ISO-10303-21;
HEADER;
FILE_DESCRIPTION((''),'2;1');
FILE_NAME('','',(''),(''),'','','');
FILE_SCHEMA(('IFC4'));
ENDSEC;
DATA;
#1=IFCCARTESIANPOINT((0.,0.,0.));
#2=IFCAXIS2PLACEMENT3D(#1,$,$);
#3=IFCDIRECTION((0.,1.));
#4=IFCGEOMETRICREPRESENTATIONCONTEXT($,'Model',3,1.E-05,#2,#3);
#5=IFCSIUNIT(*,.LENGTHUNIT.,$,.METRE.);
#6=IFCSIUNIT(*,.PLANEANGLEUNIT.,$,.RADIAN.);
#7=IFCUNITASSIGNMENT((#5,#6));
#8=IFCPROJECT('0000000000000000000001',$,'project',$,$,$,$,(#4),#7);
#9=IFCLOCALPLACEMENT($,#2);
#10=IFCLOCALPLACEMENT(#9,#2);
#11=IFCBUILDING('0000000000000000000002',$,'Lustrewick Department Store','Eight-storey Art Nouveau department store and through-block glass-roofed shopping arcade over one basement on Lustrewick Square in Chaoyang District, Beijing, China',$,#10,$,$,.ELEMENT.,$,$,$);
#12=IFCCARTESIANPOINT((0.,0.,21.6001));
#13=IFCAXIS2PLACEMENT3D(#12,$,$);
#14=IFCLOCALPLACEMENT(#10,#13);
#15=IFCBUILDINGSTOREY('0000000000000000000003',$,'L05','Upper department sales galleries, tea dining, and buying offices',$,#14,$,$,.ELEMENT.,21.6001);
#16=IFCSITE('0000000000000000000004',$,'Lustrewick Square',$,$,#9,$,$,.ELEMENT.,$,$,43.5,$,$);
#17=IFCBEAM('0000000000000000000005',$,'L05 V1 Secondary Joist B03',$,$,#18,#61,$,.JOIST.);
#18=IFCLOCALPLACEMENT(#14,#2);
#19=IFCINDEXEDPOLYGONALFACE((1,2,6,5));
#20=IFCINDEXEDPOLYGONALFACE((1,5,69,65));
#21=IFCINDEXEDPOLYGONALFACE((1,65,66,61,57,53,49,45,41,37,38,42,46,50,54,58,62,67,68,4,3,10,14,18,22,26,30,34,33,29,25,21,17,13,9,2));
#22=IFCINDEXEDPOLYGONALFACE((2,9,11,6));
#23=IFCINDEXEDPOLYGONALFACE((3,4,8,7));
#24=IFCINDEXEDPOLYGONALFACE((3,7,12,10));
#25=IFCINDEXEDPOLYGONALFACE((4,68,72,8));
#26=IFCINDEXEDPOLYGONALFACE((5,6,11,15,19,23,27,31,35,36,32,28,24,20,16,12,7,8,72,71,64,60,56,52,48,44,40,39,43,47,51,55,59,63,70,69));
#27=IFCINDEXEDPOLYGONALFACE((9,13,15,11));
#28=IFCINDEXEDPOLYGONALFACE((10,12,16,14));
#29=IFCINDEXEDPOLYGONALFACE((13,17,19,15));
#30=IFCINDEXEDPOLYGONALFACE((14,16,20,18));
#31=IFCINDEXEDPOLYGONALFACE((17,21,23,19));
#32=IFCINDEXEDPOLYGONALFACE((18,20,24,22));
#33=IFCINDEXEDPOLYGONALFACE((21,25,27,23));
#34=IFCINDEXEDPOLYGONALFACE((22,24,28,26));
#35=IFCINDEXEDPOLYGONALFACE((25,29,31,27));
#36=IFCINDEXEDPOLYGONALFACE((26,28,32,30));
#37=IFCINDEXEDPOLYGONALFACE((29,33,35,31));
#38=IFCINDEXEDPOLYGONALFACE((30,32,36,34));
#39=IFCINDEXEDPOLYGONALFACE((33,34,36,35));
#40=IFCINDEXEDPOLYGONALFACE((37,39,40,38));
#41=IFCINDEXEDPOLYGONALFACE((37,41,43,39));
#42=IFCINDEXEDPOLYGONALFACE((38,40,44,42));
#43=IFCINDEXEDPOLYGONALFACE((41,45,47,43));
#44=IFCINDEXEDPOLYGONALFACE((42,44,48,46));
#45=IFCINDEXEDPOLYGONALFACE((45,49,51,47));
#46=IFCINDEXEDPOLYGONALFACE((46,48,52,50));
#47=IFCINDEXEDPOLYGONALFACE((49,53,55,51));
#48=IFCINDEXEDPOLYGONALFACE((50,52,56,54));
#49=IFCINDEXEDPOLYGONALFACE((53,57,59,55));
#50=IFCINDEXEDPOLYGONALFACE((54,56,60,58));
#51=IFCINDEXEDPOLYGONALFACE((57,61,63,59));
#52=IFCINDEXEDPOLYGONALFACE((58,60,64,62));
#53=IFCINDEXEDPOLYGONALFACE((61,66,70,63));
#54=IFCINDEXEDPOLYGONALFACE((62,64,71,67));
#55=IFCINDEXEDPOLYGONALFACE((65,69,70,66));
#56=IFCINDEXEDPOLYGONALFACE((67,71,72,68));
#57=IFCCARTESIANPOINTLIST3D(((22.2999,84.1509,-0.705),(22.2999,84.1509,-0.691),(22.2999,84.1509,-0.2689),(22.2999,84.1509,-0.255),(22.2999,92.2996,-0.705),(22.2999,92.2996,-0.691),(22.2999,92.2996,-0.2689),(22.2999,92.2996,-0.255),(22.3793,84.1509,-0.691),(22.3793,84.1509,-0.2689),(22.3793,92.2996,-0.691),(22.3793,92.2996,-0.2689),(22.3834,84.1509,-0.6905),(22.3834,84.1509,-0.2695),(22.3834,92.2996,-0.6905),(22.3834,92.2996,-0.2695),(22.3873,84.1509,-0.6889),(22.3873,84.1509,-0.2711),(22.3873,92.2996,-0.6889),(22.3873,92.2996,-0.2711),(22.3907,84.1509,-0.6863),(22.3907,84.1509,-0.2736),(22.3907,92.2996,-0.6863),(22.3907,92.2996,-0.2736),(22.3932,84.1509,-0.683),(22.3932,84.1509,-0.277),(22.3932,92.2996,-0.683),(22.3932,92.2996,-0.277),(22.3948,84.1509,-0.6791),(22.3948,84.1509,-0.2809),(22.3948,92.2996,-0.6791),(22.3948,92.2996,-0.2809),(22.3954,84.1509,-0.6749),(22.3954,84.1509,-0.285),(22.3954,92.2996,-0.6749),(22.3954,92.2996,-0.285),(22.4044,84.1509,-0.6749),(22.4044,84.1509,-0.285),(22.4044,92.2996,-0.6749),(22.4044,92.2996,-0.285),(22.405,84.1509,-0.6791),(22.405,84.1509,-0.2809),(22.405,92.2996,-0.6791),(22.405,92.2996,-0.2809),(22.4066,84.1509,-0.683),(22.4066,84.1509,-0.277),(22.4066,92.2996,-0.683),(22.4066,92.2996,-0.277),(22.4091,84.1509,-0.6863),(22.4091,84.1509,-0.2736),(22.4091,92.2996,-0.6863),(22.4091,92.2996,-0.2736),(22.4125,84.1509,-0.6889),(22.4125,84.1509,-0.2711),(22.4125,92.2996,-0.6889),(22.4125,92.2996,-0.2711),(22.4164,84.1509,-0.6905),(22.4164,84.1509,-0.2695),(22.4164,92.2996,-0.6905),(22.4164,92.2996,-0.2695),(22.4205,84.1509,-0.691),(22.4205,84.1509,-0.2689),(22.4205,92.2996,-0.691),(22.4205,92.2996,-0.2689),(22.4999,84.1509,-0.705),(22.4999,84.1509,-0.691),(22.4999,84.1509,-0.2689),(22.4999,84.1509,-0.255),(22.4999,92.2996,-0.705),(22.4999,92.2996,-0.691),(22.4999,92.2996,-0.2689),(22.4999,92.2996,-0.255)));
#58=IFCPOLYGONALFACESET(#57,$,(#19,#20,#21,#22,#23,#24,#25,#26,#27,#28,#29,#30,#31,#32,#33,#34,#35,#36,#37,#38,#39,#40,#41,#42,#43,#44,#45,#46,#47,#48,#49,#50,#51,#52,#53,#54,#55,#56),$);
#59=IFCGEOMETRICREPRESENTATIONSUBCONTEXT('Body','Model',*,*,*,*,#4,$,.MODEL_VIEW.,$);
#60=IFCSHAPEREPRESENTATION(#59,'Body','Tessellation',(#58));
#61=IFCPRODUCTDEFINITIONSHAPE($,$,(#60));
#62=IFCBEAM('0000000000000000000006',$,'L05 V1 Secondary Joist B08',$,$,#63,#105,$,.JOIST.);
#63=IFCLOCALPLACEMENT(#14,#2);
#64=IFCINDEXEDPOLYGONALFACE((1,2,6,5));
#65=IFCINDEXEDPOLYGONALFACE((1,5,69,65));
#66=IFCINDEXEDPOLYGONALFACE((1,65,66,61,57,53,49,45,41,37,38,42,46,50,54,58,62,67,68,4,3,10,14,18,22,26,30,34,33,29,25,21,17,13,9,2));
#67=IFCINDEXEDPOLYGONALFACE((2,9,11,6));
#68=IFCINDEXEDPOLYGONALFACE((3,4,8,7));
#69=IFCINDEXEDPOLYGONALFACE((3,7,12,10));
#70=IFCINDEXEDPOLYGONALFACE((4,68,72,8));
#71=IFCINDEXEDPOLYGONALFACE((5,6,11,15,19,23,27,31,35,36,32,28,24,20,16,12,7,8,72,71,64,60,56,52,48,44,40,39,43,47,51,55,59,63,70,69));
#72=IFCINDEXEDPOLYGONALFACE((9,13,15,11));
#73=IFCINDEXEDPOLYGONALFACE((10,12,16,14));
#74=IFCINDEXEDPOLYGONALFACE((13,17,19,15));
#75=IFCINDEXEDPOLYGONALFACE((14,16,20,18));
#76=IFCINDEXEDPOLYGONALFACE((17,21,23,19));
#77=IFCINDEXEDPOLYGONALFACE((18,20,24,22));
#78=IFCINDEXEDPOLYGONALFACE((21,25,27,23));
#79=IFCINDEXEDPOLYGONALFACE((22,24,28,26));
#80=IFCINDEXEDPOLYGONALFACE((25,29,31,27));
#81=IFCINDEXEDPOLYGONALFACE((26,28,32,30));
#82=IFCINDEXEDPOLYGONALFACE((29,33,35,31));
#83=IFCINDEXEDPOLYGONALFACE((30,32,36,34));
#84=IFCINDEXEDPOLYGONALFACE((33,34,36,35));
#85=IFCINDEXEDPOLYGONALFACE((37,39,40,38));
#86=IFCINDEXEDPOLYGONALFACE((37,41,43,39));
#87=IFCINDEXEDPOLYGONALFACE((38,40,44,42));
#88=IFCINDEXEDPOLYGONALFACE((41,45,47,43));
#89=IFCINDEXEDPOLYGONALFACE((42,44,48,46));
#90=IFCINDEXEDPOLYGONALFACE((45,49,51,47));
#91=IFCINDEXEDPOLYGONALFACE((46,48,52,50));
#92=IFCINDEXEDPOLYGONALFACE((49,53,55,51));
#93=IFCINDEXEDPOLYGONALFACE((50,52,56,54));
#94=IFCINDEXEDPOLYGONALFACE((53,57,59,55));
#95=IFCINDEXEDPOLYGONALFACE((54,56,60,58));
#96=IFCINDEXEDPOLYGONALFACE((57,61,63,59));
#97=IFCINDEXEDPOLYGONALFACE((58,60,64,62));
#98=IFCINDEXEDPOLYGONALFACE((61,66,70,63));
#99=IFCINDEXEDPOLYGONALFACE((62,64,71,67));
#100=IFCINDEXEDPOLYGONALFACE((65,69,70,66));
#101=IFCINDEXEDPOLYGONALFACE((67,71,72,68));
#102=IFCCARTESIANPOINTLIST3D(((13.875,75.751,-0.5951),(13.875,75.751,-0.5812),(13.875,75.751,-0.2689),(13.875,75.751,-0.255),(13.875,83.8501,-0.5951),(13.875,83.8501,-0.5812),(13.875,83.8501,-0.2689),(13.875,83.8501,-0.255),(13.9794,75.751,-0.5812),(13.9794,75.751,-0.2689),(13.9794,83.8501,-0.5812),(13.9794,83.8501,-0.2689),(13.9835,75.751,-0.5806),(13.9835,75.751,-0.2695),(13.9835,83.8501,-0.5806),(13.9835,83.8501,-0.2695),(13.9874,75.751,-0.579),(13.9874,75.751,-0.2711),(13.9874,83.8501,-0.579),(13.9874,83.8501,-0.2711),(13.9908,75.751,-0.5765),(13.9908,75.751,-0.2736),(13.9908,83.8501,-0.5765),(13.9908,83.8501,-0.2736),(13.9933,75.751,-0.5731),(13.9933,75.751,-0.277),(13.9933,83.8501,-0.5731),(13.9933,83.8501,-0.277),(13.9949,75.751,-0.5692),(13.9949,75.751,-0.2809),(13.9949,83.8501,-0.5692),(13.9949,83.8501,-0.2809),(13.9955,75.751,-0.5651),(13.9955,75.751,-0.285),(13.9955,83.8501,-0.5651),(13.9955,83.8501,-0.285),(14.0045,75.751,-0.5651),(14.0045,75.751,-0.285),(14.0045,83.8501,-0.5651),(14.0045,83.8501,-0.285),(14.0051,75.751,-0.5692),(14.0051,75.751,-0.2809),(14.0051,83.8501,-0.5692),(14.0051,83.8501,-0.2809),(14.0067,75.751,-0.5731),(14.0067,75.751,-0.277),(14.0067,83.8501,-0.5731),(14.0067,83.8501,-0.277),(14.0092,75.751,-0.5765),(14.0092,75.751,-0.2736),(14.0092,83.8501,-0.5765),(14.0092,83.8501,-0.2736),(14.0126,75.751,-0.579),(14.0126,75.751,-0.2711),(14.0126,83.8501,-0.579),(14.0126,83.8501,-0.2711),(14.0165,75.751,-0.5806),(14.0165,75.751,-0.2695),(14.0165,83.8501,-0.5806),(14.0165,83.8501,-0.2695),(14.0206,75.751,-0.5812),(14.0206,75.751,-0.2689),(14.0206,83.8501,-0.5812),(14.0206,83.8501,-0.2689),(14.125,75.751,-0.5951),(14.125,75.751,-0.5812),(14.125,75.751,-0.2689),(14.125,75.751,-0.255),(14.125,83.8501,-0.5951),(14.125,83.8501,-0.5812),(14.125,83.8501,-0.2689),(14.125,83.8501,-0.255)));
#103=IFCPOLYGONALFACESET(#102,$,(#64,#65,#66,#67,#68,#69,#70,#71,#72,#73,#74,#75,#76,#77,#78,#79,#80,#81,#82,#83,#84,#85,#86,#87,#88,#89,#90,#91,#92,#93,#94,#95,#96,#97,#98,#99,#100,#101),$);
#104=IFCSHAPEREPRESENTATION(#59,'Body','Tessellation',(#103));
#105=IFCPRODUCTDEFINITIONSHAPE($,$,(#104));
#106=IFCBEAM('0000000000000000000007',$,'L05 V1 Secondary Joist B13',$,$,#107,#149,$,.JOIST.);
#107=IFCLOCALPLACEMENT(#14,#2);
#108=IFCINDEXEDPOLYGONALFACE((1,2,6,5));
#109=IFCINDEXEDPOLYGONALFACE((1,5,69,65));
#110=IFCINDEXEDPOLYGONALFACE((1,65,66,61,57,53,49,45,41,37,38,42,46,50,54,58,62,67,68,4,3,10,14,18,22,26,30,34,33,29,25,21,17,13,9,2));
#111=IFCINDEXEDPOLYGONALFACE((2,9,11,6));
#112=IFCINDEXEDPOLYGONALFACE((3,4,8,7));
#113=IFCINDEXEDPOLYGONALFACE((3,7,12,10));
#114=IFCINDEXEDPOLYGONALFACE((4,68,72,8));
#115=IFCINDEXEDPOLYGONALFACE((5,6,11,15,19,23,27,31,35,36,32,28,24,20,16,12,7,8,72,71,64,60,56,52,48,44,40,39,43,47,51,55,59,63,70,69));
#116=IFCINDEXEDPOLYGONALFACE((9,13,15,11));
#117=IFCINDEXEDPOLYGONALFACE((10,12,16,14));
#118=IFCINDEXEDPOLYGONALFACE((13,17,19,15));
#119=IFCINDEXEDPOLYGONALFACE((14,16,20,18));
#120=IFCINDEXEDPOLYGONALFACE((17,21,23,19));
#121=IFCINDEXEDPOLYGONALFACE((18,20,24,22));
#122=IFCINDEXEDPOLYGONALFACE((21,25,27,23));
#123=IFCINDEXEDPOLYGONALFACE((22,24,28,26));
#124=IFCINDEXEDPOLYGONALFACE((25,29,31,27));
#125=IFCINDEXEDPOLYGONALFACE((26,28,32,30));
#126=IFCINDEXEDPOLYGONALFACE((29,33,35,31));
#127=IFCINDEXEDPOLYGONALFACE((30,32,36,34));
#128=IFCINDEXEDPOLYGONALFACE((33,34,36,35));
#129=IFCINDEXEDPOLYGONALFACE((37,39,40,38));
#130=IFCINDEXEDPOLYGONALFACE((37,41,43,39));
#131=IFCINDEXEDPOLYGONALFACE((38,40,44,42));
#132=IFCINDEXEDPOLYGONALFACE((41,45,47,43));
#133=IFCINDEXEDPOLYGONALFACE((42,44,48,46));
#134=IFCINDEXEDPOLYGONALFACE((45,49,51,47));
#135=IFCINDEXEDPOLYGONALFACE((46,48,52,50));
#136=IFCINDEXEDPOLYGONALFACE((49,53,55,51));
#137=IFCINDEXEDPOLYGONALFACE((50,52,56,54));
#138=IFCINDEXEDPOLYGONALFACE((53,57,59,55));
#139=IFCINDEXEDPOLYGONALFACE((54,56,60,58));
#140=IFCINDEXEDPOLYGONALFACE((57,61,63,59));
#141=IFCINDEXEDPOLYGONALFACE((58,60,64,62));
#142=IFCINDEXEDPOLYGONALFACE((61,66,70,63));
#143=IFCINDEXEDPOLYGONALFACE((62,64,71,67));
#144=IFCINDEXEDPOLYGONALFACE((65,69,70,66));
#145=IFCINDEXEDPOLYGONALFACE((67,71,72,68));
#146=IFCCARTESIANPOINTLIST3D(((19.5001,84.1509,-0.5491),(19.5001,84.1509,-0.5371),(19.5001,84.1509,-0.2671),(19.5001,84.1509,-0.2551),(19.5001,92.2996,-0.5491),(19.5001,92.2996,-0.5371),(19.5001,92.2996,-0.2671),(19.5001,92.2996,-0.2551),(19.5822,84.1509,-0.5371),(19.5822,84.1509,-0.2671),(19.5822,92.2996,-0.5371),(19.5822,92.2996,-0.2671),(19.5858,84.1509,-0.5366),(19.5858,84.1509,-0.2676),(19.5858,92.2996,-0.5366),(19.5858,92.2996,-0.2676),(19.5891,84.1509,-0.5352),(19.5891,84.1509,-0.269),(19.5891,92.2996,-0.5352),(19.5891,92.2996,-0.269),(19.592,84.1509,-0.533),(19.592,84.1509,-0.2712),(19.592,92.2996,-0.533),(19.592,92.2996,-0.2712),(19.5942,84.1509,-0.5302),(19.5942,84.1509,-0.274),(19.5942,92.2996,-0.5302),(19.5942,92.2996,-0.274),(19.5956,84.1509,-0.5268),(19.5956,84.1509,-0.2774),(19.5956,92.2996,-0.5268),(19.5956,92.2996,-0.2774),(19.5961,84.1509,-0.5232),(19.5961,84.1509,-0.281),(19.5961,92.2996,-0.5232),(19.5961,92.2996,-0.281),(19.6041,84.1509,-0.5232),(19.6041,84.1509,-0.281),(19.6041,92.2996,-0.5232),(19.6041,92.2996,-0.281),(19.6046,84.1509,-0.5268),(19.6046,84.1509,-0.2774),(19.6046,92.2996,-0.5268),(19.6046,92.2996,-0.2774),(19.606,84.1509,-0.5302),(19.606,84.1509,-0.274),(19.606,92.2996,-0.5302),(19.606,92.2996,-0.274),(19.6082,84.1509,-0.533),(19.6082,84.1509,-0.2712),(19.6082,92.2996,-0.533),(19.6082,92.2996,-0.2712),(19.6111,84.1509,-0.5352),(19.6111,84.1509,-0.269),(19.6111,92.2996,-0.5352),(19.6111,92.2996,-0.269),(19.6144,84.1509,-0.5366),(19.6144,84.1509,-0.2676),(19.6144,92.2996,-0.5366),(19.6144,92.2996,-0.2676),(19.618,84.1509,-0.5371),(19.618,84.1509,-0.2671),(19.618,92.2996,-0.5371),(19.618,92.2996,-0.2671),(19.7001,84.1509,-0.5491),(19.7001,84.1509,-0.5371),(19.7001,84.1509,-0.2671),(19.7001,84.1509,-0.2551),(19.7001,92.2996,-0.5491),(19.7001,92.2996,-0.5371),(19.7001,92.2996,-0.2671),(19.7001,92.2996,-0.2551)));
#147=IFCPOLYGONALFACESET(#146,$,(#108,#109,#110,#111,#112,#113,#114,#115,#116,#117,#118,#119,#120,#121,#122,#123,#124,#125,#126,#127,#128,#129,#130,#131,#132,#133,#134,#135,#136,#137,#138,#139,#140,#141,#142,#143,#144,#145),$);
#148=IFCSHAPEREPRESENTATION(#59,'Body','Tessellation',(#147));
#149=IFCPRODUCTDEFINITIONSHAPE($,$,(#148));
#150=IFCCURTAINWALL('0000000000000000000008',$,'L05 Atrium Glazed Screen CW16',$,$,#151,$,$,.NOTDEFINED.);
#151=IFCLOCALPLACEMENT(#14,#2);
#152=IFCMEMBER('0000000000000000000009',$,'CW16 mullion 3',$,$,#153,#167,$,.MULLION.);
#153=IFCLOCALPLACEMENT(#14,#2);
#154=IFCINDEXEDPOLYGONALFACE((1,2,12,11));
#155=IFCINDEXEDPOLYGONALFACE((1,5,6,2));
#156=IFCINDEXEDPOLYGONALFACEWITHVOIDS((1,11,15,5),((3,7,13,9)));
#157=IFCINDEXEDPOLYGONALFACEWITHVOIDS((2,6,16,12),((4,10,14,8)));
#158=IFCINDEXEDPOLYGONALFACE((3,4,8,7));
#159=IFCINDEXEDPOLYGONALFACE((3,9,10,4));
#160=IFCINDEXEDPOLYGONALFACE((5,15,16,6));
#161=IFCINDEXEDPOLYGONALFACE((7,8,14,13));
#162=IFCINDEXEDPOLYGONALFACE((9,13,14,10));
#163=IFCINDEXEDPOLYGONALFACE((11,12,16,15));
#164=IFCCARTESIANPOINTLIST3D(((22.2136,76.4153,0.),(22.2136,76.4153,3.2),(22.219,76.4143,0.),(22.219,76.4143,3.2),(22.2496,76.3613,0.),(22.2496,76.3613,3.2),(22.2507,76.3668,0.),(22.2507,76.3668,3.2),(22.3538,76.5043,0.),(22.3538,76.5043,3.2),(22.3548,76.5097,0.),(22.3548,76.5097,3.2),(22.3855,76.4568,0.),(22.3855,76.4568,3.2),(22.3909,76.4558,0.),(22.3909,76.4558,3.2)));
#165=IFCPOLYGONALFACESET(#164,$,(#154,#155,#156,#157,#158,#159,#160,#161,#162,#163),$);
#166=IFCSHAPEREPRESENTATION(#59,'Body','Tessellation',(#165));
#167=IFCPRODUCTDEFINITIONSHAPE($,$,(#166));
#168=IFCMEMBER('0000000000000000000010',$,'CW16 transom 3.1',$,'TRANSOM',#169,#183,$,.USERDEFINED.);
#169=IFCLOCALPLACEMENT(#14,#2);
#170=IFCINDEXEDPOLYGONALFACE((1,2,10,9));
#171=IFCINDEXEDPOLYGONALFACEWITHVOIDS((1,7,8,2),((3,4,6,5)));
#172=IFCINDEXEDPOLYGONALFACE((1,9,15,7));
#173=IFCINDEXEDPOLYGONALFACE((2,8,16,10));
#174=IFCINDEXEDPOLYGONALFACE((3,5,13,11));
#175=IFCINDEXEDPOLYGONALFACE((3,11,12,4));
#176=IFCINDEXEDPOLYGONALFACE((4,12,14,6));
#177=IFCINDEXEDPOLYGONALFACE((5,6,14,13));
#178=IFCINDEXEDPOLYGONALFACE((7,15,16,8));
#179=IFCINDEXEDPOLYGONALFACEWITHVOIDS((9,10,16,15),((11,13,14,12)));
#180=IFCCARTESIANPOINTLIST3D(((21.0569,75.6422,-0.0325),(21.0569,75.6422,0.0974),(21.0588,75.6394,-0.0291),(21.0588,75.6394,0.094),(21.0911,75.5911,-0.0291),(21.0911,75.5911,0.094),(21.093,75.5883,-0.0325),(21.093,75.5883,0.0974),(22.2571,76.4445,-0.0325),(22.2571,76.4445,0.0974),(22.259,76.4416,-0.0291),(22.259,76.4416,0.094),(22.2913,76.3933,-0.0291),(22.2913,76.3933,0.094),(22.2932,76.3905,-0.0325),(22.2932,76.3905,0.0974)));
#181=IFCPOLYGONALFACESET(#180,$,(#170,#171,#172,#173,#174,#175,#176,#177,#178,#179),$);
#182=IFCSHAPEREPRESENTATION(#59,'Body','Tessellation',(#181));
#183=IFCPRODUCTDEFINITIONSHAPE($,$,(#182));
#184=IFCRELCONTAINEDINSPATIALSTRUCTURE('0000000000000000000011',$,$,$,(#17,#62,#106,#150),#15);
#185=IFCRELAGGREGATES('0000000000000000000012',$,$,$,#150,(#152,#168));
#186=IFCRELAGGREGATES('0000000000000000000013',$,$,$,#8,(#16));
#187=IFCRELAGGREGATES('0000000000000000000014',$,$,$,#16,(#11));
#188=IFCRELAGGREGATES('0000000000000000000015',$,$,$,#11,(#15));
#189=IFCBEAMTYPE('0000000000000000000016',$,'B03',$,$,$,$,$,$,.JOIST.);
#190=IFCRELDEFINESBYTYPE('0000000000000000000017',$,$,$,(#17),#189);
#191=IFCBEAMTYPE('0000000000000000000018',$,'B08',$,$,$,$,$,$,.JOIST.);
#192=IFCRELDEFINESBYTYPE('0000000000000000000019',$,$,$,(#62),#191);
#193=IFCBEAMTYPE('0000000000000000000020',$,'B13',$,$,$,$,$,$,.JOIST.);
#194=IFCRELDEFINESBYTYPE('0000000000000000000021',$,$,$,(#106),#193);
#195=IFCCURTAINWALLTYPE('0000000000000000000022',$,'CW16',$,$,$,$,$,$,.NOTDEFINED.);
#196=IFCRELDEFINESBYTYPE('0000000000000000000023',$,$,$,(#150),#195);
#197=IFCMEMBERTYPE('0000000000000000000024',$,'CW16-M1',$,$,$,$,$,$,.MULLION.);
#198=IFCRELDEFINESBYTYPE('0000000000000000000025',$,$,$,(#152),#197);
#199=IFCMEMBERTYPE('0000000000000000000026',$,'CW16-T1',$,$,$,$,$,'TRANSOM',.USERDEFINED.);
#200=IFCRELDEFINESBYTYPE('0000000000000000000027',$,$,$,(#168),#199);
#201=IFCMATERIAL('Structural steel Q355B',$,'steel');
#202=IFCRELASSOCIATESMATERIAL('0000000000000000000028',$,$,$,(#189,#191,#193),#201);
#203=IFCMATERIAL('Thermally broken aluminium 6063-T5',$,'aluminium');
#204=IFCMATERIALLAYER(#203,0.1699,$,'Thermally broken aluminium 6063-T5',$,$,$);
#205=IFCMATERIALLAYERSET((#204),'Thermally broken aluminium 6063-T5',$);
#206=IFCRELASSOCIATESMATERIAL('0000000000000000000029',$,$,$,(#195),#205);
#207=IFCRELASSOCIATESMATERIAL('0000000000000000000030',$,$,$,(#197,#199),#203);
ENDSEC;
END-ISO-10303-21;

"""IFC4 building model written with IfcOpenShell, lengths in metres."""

from ifc_helpers import new_model, si_unit, direction, frame, origin, origin_2d, place, context, subcontext, project, spatial, hollow_rectangle, i_section, extrude, material, layer, layer_set, material_profile, profile_set, type_object, element, aggregate, save


model = new_model("IFC4")

# Units and contexts
model_context = context("Model", 3, precision=1e-05, world=origin(), true_north=direction((0.0, 1.0)))
body_context = subcontext(model_context, "Body", "Model", "MODEL_VIEW")
ifc_project = project(units=[si_unit("LENGTHUNIT", "METRE"), si_unit("PLANEANGLEUNIT", "RADIAN")], contexts=[model_context])

# Site, building, storey
site_placement = place(None, origin())
site = spatial("IfcSite", under=ifc_project, at=site_placement, Name="Lustrewick Square", CompositionType="ELEMENT", RefElevation=43.5)
building_placement = place(site_placement, origin())
building = spatial("IfcBuilding", under=site, at=building_placement, Name="Lustrewick Department Store", Description="Eight-storey Art Nouveau department store and through-block glass-roofed shopping arcade over one basement on Lustrewick Square in Chaoyang District, Beijing, China", CompositionType="ELEMENT")
storey_placement = place(building_placement, frame((0.0, 0.0, 21.6001)))
storey = spatial("IfcBuildingStorey", under=building, at=storey_placement, Name="L05", Description="Upper department sales galleries, tea dining, and buying offices", CompositionType="ELEMENT", Elevation=21.6001)

# Shared definitions
ifc_material_1 = material(Name="Structural steel Q355B", Category="steel")

# Beams
ifc_material_profile_1 = material_profile(ifc_material_1, i_section(OverallWidth=0.2, OverallDepth=0.45, WebThickness=0.009, FlangeThickness=0.0139, FilletRadius=0.0161, at=origin_2d()), Name="HN 450x200x9x14")
ifc_profile_set_1 = profile_set([ifc_material_profile_1], Name="Structural steel Q355B")
beam_type_1 = type_object("IfcBeamType", Name="B03", PredefinedType="JOIST", material=ifc_profile_set_1)
beam_1_placement = place(storey_placement, frame((22.3999, 84.1509, -0.48), z_axis=(0.0, 1.0, 0.0), x_axis=(-1.0, 0.0, 0.0)))
element("IfcBeam", 1, at=beam_1_placement, inside=storey, type_object=beam_type_1, Name="L05 V1 Secondary Joist B03", PredefinedType="JOIST", context=body_context, shape_type="SweptSolid", body=[
    extrude(i_section(OverallWidth=0.2, OverallDepth=0.45, WebThickness=0.009, FlangeThickness=0.0139, FilletRadius=0.0161, at=origin_2d()), origin(), (0.0, 0.0, 1.0), 8.1487),
])
ifc_material_profile_2 = material_profile(ifc_material_1, i_section(OverallWidth=0.25, OverallDepth=0.3401, WebThickness=0.009, FlangeThickness=0.0139, FilletRadius=0.0161, at=origin_2d()), Name="HM 340x250x9x14")
ifc_profile_set_2 = profile_set([ifc_material_profile_2], Name="Structural steel Q355B")
beam_type_2 = type_object("IfcBeamType", Name="B08", PredefinedType="JOIST", material=ifc_profile_set_2)
beam_2_placement = place(storey_placement, frame((14.0, 75.751, -0.425), z_axis=(0.0, 1.0, 0.0), x_axis=(-1.0, 0.0, 0.0)))
element("IfcBeam", 2, at=beam_2_placement, inside=storey, type_object=beam_type_2, Name="L05 V1 Secondary Joist B08", PredefinedType="JOIST", context=body_context, shape_type="SweptSolid", body=[
    extrude(i_section(OverallWidth=0.25, OverallDepth=0.3401, WebThickness=0.009, FlangeThickness=0.0139, FilletRadius=0.0161, at=origin_2d()), origin(), (0.0, 0.0, 1.0), 8.0991),
])
ifc_material_profile_3 = material_profile(ifc_material_1, i_section(OverallWidth=0.2, OverallDepth=0.2939, WebThickness=0.0081, FlangeThickness=0.012, FilletRadius=0.0139, at=origin_2d()), Name="HM 294x200x8x12")
ifc_profile_set_3 = profile_set([ifc_material_profile_3], Name="Structural steel Q355B")
beam_type_3 = type_object("IfcBeamType", Name="B13", PredefinedType="JOIST", material=ifc_profile_set_3)
beam_3_placement = place(storey_placement, frame((19.6001, 84.1509, -0.4021), z_axis=(0.0, 1.0, 0.0), x_axis=(-1.0, 0.0, 0.0)))
element("IfcBeam", 3, at=beam_3_placement, inside=storey, type_object=beam_type_3, Name="L05 V1 Secondary Joist B13", PredefinedType="JOIST", context=body_context, shape_type="SweptSolid", body=[
    extrude(i_section(OverallWidth=0.2, OverallDepth=0.2939, WebThickness=0.0081, FlangeThickness=0.012, FilletRadius=0.0139, at=origin_2d()), origin(), (0.0, 0.0, 1.0), 8.1487),
])

# Curtain wall, members
ifc_material_2 = material(Name="Thermally broken aluminium 6063-T5", Category="aluminium")
ifc_layer_1 = layer(ifc_material_2, 0.1699, Name="Thermally broken aluminium 6063-T5")
ifc_layer_set_1 = layer_set([ifc_layer_1], Name="Thermally broken aluminium 6063-T5")
curtain_wall_type = type_object("IfcCurtainWallType", Name="CW16", PredefinedType="NOTDEFINED", material=ifc_layer_set_1)
curtain_wall_placement = place(storey_placement, origin())
curtain_wall = element("IfcCurtainWall", 4, at=curtain_wall_placement, inside=storey, type_object=curtain_wall_type, Name="L05 Atrium Glazed Screen CW16", PredefinedType="NOTDEFINED")
ifc_material_profile_4 = material_profile(ifc_material_2, hollow_rectangle(XDim=0.0649, YDim=0.1699, WallThickness=0.0039, at=origin_2d()), Name="ALU-M 65x170x4")
ifc_profile_set_4 = profile_set([ifc_material_profile_4], Name="Thermally broken aluminium 6063-T5")
member_type_1 = type_object("IfcMemberType", Name="CW16-M1", PredefinedType="MULLION", material=ifc_profile_set_4)
member_1_placement = place(storey_placement, frame((22.3022, 76.4355, 0.0), z_axis=(0.0, 0.0, 1.0), x_axis=(0.555578, -0.831464, 0.0)))
member_1 = element("IfcMember", 5, at=member_1_placement, type_object=member_type_1, Name="CW16 mullion 3", PredefinedType="MULLION", context=body_context, shape_type="SweptSolid", body=[
    extrude(hollow_rectangle(XDim=0.0649, YDim=0.1699, WallThickness=0.0039, at=origin_2d()), origin(), (0.0, 0.0, 1.0), 3.2),
])
ifc_material_profile_5 = material_profile(ifc_material_2, hollow_rectangle(XDim=0.0649, YDim=0.1299, WallThickness=0.0034, at=origin_2d()), Name="ALU-T 65x130x3.5")
ifc_profile_set_5 = profile_set([ifc_material_profile_5], Name="Thermally broken aluminium 6063-T5")
member_type_2 = type_object("IfcMemberType", Name="CW16-T1", ElementType="TRANSOM", PredefinedType="USERDEFINED", material=ifc_profile_set_5)
member_2_placement = place(storey_placement, frame((22.2751, 76.4175, 0.0325), z_axis=(-0.831373, -0.555714, 0.0), x_axis=(0.555714, -0.831373, 0.0)))
member_2 = element("IfcMember", 6, at=member_2_placement, type_object=member_type_2, Name="CW16 transom 3.1", ObjectType="TRANSOM", PredefinedType="USERDEFINED", context=body_context, shape_type="SweptSolid", body=[
    extrude(hollow_rectangle(XDim=0.0649, YDim=0.1299, WallThickness=0.0034, at=origin_2d()), origin(), (0.0, 0.0, 1.0), 1.4436),
])

aggregate(curtain_wall, [member_1, member_2])

save(model, "model.ifc")
